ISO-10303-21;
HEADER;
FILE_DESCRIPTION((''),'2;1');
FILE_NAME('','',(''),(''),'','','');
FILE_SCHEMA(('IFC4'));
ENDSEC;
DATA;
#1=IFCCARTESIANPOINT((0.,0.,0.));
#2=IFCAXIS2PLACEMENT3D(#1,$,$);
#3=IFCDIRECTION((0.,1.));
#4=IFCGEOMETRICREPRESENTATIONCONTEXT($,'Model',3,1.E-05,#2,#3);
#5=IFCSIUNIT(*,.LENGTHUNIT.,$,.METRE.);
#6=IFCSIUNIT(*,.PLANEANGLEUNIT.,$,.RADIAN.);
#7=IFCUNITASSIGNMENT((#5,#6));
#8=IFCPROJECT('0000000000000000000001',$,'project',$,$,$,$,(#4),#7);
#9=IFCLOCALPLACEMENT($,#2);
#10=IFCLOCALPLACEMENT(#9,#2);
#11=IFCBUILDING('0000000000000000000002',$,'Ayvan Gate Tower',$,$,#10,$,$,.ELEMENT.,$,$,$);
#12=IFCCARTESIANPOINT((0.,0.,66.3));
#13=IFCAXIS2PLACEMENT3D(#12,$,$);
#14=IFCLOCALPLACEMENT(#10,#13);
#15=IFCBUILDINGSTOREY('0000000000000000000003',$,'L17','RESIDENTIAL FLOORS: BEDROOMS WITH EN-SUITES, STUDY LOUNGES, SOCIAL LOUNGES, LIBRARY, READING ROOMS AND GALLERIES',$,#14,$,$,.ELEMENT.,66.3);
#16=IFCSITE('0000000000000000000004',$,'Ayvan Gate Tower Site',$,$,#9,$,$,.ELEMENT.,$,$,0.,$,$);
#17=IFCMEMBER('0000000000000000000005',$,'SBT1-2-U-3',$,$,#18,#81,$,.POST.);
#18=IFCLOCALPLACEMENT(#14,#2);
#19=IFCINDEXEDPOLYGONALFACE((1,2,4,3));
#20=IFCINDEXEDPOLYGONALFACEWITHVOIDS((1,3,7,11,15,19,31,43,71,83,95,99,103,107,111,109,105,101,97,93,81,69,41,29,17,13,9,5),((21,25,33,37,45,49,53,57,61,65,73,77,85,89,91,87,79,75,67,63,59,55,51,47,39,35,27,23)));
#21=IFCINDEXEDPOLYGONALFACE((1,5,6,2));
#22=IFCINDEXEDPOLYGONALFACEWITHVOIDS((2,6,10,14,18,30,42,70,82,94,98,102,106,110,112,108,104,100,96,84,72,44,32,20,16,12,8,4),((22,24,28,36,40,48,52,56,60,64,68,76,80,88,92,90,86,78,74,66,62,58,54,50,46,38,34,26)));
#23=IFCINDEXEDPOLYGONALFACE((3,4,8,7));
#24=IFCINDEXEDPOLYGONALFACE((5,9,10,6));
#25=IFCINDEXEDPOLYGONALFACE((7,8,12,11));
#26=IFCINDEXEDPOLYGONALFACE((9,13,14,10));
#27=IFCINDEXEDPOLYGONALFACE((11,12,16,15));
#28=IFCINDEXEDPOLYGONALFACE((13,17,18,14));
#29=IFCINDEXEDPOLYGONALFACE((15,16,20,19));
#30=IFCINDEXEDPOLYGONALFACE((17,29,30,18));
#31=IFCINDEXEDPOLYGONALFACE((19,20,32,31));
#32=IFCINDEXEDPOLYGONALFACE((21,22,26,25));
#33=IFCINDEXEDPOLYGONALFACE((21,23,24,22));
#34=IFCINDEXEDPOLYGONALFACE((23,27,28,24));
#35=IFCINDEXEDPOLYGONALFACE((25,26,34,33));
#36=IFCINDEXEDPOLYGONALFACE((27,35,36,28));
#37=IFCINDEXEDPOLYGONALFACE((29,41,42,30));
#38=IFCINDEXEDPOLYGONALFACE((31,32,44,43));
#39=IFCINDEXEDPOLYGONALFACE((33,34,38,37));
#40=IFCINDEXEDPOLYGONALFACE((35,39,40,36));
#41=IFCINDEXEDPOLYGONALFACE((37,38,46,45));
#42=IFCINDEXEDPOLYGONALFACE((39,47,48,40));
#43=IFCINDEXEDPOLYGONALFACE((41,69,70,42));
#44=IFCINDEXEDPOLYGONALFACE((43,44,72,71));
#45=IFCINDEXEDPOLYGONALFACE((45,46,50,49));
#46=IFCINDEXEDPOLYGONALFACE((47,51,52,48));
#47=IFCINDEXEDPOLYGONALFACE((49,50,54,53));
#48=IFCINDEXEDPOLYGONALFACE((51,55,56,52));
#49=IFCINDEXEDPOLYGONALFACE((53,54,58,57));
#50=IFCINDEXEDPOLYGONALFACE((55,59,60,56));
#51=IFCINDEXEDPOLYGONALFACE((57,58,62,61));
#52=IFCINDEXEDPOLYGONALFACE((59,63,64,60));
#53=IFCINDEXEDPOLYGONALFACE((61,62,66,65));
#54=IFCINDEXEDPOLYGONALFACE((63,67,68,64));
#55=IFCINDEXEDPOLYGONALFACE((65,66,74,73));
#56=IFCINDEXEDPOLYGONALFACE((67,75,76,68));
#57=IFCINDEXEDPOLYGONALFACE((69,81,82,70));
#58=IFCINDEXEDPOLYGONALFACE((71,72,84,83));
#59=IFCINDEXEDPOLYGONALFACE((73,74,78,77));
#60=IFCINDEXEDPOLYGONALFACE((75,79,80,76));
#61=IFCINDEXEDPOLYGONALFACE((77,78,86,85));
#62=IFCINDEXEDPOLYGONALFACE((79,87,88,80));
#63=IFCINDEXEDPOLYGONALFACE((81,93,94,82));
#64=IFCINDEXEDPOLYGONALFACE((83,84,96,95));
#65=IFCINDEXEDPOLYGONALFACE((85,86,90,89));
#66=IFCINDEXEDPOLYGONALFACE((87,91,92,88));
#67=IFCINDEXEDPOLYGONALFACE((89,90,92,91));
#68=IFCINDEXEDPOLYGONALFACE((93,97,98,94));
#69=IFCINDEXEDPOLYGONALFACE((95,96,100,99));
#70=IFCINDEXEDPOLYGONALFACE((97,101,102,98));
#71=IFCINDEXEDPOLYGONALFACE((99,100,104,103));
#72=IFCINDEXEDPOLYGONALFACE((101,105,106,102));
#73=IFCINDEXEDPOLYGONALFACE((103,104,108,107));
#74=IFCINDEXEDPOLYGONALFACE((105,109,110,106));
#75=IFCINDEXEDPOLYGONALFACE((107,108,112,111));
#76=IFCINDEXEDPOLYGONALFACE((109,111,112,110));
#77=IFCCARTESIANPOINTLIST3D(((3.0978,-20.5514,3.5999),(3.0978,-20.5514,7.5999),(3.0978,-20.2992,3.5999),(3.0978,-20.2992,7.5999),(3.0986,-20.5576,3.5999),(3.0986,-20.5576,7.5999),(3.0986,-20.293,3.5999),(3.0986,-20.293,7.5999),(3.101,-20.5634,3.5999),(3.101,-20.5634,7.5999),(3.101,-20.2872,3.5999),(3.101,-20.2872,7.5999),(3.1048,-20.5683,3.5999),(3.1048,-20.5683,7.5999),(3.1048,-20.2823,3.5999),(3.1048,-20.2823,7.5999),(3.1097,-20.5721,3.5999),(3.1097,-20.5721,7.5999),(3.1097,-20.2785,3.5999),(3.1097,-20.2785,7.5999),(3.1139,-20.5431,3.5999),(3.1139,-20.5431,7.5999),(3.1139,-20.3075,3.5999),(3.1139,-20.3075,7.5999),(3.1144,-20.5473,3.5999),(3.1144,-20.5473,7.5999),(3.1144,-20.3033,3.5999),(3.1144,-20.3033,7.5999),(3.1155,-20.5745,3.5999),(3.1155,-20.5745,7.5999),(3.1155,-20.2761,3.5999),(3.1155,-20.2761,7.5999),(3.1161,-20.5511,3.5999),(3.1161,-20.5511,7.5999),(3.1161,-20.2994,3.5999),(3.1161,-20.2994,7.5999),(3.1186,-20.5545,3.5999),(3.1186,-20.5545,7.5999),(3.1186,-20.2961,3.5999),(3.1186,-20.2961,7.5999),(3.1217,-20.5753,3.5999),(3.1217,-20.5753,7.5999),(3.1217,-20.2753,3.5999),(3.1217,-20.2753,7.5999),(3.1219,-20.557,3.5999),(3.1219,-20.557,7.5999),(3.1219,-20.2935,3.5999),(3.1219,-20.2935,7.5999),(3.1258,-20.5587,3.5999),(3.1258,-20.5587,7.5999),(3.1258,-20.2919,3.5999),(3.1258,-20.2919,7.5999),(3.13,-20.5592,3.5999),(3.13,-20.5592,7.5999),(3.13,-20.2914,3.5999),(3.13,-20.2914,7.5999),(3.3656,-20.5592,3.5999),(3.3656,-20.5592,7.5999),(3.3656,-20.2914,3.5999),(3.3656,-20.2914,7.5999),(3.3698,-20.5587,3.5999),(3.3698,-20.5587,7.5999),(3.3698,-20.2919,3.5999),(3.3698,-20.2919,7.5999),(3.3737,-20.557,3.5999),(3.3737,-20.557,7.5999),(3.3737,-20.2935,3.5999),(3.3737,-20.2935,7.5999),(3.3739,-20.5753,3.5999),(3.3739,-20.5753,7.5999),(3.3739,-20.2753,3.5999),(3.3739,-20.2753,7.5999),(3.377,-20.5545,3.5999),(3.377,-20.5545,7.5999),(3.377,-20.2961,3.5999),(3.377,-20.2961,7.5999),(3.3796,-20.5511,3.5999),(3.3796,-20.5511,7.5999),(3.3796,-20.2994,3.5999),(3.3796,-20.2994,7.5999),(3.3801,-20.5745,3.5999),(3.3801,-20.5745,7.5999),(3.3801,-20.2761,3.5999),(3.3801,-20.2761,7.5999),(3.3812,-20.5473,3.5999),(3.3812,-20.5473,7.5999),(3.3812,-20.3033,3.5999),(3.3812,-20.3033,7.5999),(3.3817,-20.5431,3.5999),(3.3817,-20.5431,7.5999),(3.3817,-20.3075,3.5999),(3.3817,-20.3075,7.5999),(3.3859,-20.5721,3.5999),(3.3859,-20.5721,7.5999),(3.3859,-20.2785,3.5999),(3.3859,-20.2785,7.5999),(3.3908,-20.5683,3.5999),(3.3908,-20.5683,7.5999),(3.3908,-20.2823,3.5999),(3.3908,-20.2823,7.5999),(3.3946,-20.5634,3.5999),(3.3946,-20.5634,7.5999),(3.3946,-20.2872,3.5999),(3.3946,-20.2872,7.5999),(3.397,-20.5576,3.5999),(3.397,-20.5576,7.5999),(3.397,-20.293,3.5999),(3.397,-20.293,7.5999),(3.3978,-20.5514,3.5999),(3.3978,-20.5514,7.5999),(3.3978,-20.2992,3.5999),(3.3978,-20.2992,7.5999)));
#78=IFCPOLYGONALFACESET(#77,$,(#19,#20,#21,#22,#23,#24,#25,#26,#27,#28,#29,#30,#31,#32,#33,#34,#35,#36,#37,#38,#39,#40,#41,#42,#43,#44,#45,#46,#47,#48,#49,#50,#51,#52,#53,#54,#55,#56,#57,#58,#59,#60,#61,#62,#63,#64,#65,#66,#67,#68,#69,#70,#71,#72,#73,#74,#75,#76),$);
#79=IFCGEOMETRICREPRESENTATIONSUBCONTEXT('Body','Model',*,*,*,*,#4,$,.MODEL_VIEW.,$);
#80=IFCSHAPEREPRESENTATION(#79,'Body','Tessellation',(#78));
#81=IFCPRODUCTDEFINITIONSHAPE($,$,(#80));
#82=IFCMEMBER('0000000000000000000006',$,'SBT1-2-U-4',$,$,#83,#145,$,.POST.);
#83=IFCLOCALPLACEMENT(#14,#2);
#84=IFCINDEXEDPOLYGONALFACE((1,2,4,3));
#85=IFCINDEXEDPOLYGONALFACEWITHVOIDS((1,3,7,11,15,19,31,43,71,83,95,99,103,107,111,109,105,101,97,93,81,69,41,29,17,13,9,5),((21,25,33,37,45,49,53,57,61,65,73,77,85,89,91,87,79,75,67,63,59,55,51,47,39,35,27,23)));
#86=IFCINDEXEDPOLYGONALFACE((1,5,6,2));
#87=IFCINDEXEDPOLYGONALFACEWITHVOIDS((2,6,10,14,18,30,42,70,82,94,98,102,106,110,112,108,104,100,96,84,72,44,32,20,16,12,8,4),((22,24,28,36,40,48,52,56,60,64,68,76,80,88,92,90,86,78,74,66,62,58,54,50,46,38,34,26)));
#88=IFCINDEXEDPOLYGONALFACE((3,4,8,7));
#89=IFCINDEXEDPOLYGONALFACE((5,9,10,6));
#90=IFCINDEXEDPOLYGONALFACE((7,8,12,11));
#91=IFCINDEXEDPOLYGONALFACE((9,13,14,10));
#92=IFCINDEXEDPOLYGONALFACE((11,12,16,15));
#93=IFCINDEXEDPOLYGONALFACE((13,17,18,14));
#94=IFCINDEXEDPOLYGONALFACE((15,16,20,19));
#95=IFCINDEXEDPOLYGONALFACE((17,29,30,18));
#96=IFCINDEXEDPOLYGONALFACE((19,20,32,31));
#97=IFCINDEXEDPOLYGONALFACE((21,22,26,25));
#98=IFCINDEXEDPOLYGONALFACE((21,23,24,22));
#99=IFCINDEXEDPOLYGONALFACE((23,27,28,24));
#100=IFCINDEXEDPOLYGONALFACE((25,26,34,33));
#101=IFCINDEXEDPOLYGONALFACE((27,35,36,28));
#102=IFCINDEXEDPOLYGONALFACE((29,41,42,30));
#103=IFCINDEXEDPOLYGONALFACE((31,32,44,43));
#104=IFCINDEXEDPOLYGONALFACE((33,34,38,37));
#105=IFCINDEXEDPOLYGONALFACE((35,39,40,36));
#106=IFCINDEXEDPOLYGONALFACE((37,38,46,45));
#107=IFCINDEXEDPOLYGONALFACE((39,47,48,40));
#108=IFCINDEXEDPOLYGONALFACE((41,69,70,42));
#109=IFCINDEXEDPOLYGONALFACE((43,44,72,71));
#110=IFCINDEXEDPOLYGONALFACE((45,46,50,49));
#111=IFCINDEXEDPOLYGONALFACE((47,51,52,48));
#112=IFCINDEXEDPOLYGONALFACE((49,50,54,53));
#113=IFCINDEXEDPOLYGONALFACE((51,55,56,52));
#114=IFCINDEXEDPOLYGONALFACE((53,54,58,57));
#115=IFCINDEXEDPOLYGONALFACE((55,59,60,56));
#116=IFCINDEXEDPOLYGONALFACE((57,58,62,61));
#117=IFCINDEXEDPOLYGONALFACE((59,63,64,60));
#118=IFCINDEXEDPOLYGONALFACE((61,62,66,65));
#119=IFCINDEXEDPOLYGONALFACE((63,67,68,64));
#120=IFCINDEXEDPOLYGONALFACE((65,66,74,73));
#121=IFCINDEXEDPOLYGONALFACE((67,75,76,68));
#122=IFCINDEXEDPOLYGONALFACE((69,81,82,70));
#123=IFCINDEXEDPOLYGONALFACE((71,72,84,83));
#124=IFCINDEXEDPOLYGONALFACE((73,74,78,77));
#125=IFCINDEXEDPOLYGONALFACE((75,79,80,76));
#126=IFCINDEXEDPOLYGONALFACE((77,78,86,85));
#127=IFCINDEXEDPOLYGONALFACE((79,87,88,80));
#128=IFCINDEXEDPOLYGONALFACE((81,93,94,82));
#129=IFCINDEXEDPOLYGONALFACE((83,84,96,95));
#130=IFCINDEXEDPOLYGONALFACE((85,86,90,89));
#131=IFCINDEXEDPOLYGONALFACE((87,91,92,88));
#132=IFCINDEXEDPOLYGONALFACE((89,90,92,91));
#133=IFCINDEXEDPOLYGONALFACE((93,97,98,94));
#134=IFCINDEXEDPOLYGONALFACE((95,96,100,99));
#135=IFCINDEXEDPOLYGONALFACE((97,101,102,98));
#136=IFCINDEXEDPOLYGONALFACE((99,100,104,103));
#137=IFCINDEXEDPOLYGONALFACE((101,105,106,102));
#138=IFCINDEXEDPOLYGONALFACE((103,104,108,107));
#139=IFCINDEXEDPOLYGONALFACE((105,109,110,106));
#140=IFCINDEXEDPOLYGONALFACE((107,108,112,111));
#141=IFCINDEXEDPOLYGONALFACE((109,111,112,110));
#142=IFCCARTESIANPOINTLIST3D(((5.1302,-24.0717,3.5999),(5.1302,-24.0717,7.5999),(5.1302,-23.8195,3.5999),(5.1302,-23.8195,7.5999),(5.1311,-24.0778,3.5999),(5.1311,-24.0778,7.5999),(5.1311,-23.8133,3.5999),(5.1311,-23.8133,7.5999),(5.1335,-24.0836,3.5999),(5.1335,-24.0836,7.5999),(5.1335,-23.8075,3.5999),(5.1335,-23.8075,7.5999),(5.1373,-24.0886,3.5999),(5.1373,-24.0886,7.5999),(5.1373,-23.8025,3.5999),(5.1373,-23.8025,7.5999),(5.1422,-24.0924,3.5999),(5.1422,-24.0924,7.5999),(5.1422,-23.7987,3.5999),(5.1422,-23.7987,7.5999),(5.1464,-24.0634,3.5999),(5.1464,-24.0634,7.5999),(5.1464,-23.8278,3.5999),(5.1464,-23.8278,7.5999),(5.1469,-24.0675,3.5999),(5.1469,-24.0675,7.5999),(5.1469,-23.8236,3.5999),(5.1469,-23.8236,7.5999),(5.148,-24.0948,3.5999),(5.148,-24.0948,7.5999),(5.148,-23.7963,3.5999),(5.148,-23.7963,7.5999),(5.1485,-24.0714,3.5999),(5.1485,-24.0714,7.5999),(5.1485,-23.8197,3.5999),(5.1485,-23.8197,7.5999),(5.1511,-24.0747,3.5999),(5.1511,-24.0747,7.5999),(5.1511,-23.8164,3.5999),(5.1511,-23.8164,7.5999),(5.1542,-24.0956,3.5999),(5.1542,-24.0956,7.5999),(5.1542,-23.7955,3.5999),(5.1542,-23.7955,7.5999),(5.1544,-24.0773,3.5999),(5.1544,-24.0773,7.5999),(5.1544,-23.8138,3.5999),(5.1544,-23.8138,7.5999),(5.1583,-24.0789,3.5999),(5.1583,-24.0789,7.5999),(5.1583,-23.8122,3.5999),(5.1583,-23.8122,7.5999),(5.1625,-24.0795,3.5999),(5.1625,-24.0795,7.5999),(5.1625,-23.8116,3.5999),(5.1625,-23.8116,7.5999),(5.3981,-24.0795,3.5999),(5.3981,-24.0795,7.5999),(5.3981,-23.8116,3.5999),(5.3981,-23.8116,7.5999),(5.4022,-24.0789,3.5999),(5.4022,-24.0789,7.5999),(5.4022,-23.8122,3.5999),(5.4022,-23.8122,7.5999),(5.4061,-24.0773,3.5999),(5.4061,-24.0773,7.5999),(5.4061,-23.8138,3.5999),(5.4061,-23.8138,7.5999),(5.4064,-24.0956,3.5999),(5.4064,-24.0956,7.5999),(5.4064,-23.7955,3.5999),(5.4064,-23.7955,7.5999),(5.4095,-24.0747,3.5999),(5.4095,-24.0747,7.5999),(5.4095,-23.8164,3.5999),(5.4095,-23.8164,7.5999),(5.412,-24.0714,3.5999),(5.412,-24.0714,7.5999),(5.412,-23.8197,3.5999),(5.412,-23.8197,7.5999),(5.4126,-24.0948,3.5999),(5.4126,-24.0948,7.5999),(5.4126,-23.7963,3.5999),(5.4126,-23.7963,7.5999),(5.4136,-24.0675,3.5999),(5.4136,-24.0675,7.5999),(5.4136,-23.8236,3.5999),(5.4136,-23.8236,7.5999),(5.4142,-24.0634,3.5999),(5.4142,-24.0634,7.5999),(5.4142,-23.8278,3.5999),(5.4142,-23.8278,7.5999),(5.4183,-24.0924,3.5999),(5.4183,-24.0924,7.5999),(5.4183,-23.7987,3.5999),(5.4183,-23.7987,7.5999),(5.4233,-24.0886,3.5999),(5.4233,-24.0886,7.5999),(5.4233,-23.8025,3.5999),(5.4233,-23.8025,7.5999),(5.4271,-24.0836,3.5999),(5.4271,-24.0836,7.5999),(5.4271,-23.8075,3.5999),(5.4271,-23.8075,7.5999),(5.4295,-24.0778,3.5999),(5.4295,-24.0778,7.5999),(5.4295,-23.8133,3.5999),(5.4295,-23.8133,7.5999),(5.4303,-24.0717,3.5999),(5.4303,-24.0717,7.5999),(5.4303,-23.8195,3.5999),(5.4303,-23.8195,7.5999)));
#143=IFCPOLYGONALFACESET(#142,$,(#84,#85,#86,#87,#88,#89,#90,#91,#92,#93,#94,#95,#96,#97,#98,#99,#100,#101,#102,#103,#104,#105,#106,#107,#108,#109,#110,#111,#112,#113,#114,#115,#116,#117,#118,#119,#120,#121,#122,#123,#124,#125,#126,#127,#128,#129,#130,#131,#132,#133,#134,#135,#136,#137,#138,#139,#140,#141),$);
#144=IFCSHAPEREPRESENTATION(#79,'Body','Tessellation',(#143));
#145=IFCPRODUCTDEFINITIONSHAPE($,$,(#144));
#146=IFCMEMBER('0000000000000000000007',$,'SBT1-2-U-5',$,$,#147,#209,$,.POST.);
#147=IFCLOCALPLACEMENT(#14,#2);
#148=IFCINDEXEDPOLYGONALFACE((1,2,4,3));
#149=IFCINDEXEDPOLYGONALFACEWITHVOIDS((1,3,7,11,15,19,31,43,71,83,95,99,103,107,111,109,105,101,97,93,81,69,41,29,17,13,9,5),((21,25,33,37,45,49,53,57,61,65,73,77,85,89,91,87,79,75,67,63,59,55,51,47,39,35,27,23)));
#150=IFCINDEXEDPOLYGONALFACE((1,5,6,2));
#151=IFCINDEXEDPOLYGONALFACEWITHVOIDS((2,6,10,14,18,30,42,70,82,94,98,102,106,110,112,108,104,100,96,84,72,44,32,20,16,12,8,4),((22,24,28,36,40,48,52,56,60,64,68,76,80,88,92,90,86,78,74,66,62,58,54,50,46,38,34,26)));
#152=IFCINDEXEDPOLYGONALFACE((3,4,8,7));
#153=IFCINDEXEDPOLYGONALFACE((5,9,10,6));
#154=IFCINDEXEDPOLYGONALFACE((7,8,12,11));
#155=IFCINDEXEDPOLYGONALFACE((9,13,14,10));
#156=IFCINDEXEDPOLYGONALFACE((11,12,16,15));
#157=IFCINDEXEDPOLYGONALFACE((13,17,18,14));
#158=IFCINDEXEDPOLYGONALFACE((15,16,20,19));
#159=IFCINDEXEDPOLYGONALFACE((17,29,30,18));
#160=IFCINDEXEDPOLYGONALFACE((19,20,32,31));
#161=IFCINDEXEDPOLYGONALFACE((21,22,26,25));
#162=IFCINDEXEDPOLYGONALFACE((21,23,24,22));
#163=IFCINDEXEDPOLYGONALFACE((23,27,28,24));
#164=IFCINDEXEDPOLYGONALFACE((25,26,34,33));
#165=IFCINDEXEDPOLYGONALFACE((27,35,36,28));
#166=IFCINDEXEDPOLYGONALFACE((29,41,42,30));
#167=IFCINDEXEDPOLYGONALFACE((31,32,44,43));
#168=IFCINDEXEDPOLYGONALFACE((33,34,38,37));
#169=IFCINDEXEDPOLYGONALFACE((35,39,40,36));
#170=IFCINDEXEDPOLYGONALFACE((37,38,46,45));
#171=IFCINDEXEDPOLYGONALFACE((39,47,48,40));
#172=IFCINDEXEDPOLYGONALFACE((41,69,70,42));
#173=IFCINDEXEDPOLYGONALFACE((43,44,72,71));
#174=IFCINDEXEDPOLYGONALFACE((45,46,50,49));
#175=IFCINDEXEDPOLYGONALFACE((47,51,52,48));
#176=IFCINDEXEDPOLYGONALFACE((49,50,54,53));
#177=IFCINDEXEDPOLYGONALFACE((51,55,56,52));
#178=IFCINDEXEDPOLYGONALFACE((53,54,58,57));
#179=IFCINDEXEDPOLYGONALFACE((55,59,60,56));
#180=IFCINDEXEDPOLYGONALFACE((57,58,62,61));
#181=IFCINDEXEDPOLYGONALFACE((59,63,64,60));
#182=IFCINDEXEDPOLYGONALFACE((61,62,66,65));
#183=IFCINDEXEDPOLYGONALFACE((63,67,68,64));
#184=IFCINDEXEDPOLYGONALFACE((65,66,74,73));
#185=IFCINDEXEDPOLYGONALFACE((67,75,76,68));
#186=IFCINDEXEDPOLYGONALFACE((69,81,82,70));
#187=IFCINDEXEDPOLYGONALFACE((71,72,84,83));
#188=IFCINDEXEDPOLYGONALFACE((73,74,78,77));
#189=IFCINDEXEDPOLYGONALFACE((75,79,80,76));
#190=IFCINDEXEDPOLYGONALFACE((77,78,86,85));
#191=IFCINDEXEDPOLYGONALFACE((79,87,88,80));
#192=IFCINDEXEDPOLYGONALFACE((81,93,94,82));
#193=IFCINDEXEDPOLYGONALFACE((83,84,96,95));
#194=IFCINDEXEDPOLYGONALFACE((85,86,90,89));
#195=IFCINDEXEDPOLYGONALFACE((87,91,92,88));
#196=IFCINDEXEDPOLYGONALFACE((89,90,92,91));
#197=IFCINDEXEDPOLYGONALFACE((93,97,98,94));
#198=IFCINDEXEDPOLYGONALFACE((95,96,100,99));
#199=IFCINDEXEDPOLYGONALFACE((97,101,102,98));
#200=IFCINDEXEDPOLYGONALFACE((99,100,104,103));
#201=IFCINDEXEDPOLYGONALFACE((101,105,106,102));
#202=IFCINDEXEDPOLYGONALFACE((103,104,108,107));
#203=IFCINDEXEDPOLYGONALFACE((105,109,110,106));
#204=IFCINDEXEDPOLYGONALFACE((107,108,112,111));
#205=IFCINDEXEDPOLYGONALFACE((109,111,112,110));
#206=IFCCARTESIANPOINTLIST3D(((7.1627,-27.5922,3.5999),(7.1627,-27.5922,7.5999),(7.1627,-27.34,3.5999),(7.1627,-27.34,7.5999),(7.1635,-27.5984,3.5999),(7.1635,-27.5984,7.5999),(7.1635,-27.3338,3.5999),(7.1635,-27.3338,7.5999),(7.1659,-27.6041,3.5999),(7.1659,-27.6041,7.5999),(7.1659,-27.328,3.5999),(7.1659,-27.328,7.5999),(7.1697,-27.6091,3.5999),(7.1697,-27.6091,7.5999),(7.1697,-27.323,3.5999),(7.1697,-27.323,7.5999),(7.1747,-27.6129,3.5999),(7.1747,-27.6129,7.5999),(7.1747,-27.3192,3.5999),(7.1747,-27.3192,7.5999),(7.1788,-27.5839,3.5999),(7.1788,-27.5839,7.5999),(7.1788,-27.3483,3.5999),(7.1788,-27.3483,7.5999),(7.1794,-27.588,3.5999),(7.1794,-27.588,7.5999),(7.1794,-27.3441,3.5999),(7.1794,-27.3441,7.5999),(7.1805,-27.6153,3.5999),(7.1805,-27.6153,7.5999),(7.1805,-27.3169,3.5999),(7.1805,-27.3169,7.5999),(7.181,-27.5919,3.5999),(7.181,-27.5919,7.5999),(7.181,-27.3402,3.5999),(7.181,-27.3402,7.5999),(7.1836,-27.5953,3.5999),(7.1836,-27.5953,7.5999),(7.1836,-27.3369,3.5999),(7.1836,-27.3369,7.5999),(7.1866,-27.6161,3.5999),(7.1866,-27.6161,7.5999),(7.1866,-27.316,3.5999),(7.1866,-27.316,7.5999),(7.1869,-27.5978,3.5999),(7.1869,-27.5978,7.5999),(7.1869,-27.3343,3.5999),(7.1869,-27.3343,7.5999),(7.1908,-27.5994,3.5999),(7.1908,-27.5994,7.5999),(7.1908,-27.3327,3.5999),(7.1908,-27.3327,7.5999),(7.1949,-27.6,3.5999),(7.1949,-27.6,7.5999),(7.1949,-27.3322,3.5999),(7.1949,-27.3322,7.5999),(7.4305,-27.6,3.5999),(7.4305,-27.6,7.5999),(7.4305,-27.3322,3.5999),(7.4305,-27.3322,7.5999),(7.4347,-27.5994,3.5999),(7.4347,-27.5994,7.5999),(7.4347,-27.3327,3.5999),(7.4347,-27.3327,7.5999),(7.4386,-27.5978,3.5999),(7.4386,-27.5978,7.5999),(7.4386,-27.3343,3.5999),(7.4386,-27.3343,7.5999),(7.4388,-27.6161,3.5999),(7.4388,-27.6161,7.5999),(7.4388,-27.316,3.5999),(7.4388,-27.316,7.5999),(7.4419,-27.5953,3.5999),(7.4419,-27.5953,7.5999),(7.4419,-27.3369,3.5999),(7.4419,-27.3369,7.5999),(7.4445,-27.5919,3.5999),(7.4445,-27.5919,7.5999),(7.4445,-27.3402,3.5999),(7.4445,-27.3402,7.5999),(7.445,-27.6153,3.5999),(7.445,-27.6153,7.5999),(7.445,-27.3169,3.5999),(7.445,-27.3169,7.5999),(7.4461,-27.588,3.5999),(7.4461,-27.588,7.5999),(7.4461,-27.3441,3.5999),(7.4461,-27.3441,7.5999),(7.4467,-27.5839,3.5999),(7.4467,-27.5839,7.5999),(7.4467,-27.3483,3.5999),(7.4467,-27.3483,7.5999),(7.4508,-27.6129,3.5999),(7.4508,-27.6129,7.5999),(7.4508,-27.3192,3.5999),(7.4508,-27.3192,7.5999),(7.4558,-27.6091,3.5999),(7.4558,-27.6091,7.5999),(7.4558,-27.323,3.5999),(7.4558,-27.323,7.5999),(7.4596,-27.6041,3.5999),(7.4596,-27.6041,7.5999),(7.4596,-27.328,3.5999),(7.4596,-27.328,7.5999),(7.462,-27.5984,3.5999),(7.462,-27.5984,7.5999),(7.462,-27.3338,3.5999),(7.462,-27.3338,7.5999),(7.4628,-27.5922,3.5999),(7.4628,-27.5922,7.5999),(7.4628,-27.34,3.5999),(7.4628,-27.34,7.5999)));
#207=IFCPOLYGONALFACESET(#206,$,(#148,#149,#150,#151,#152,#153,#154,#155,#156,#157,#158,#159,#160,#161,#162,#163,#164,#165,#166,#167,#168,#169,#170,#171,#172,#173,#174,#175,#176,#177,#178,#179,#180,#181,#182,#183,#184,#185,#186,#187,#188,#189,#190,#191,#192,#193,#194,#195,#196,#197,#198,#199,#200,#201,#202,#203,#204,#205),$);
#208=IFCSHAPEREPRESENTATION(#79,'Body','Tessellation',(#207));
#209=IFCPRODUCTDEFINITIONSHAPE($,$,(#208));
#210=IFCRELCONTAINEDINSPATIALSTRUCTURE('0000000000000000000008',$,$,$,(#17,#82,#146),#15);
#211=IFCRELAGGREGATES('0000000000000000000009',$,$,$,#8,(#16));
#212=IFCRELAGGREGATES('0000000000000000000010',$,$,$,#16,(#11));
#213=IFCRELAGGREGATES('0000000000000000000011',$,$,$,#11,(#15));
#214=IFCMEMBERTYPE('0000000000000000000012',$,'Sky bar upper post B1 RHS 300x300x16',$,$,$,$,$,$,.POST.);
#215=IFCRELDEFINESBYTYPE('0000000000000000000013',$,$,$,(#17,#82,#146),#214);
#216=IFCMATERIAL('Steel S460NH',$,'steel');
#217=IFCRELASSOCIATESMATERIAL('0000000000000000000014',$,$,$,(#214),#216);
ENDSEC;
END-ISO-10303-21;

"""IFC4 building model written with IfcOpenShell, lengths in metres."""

from ifc_helpers import new_model, si_unit, direction, frame, origin, origin_2d, place, context, subcontext, project, spatial, hollow_rectangle, extrude, material, material_profile, profile_set, type_object, element, save


model = new_model("IFC4")

# Units and contexts
model_context = context("Model", 3, precision=1e-05, world=origin(), true_north=direction((0.0, 1.0)))
body_context = subcontext(model_context, "Body", "Model", "MODEL_VIEW")
ifc_project = project(units=[si_unit("LENGTHUNIT", "METRE"), si_unit("PLANEANGLEUNIT", "RADIAN")], contexts=[model_context])

# Site, building, storey
site_placement = place(None, origin())
site = spatial("IfcSite", under=ifc_project, at=site_placement, Name="Ayvan Gate Tower Site", CompositionType="ELEMENT", RefElevation=0.0)
building_placement = place(site_placement, origin())
building = spatial("IfcBuilding", under=site, at=building_placement, Name="Ayvan Gate Tower", CompositionType="ELEMENT")
storey_placement = place(building_placement, frame((0.0, 0.0, 66.3)))
storey = spatial("IfcBuildingStorey", under=building, at=storey_placement, Name="L17", Description="RESIDENTIAL FLOORS: BEDROOMS WITH EN-SUITES, STUDY LOUNGES, SOCIAL LOUNGES, LIBRARY, READING ROOMS AND GALLERIES", CompositionType="ELEMENT", Elevation=66.3)

# Members
ifc_material_1 = material(Name="Steel S460NH", Category="steel")
ifc_material_profile_1 = material_profile(ifc_material_1, hollow_rectangle(XDim=0.3, YDim=0.3, WallThickness=0.0161, InnerFilletRadius=0.0161, OuterFilletRadius=0.0239, at=origin_2d()), Name="RHS 300x300x16")
ifc_profile_set_1 = profile_set([ifc_material_profile_1], Name="Steel S460NH")
member_type_1 = type_object("IfcMemberType", Name="Sky bar upper post B1 RHS 300x300x16", PredefinedType="POST", material=ifc_profile_set_1)
for number, where, z_axis, x_axis, name in (
    (1, (3.2478, -20.4253, 3.5999), (0.0, 0.0, 1.0), (1.0, 0.0, 0.0), "SBT1-2-U-3"),
    (2, (5.2803, -23.9456, 3.5999), (0.0, 0.0, 1.0), (1.0, 0.0, 0.0), "SBT1-2-U-4"),
    (3, (7.3127, -27.4661, 3.5999), (0.0, 0.0, 1.0), (1.0, 0.0, 0.0), "SBT1-2-U-5"),
):
    element("IfcMember", number, at=place(storey_placement, frame(where, z_axis=z_axis, x_axis=x_axis)), inside=storey, type_object=member_type_1, Name=name, PredefinedType="POST", context=body_context, shape_type="SweptSolid", body=[
        extrude(hollow_rectangle(XDim=0.3, YDim=0.3, WallThickness=0.0161, InnerFilletRadius=0.0161, OuterFilletRadius=0.0239, at=origin_2d()), origin(), (0.0, 0.0, 1.0), 4.0),
    ])

save(model, "model.ifc")
